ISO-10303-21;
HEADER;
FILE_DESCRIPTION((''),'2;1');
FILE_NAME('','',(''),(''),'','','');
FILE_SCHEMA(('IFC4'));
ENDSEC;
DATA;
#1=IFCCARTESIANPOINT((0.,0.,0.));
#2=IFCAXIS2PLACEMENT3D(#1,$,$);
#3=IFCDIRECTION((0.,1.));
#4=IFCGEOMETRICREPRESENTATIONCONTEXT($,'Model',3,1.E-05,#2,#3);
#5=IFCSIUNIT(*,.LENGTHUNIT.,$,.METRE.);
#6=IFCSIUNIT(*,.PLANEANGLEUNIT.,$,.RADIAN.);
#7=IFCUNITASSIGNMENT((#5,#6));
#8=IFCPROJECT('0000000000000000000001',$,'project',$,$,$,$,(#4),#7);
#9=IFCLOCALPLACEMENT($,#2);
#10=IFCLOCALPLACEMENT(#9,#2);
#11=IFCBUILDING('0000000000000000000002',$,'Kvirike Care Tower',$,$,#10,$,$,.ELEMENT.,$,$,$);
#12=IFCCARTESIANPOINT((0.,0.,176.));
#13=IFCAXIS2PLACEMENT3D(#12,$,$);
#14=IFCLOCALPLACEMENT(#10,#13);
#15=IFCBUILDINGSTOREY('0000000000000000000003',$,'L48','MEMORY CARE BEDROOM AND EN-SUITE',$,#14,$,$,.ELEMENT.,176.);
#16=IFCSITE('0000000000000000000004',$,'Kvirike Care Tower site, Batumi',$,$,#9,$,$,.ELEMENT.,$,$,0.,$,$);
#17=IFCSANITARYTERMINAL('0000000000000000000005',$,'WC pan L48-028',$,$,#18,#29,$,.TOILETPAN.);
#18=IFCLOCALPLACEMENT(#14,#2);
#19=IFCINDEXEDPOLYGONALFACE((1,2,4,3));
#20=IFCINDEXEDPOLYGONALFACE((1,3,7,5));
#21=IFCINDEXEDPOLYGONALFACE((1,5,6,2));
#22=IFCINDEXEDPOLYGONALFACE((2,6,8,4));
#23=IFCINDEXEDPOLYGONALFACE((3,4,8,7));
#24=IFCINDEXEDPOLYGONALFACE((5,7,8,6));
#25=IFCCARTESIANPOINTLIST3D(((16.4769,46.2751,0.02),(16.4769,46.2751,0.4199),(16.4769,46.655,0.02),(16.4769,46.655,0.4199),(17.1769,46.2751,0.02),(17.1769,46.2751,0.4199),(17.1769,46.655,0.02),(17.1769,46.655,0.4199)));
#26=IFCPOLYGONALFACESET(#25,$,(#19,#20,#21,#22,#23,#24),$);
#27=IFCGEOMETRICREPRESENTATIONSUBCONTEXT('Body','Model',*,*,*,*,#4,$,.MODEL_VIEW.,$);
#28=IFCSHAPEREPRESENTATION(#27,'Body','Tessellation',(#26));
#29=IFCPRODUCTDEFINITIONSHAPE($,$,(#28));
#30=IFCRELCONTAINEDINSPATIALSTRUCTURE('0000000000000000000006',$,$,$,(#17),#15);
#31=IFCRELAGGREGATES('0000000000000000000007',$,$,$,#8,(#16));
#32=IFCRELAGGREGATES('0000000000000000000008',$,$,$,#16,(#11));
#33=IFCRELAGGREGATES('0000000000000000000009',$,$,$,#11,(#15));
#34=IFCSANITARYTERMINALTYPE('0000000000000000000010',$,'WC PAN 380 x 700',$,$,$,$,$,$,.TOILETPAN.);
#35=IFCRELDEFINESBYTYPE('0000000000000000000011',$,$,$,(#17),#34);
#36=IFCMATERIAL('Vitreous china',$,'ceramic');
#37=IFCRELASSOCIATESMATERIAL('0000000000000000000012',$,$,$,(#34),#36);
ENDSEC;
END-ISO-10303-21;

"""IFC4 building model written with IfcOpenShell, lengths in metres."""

from ifc_helpers import new_model, si_unit, direction, frame, origin, origin_2d, place, context, subcontext, project, spatial, rectangle, extrude, material, type_object, element, save


model = new_model("IFC4")

# Units and contexts
model_context = context("Model", 3, precision=1e-05, world=origin(), true_north=direction((0.0, 1.0)))
body_context = subcontext(model_context, "Body", "Model", "MODEL_VIEW")
ifc_project = project(units=[si_unit("LENGTHUNIT", "METRE"), si_unit("PLANEANGLEUNIT", "RADIAN")], contexts=[model_context])

# Site, building, storey
site_placement = place(None, origin())
site = spatial("IfcSite", under=ifc_project, at=site_placement, Name="Kvirike Care Tower site, Batumi", CompositionType="ELEMENT", RefElevation=0.0)
building_placement = place(site_placement, origin())
building = spatial("IfcBuilding", under=site, at=building_placement, Name="Kvirike Care Tower", CompositionType="ELEMENT")
storey_placement = place(building_placement, frame((0.0, 0.0, 176.0)))
storey = spatial("IfcBuildingStorey", under=building, at=storey_placement, Name="L48", Description="MEMORY CARE BEDROOM AND EN-SUITE", CompositionType="ELEMENT", Elevation=176.0)

# Sanitary terminal
ifc_material_1 = material(Name="Vitreous china", Category="ceramic")
sanitary_terminal_type_1 = type_object("IfcSanitaryTerminalType", Name="WC PAN 380 x 700", PredefinedType="TOILETPAN", material=ifc_material_1)
sanitary_terminal_1_placement = place(storey_placement, frame((16.8269, 46.4651, 0.02), z_axis=(0.0, 0.0, 1.0), x_axis=(0.0, 1.0, 0.0)))
element("IfcSanitaryTerminal", 1, at=sanitary_terminal_1_placement, inside=storey, type_object=sanitary_terminal_type_1, Name="WC pan L48-028", PredefinedType="TOILETPAN", context=body_context, shape_type="SweptSolid", body=[
    extrude(rectangle(XDim=0.3799, YDim=0.7, at=origin_2d()), origin(), (0.0, 0.0, 1.0), 0.3999),
])

save(model, "model.ifc")
